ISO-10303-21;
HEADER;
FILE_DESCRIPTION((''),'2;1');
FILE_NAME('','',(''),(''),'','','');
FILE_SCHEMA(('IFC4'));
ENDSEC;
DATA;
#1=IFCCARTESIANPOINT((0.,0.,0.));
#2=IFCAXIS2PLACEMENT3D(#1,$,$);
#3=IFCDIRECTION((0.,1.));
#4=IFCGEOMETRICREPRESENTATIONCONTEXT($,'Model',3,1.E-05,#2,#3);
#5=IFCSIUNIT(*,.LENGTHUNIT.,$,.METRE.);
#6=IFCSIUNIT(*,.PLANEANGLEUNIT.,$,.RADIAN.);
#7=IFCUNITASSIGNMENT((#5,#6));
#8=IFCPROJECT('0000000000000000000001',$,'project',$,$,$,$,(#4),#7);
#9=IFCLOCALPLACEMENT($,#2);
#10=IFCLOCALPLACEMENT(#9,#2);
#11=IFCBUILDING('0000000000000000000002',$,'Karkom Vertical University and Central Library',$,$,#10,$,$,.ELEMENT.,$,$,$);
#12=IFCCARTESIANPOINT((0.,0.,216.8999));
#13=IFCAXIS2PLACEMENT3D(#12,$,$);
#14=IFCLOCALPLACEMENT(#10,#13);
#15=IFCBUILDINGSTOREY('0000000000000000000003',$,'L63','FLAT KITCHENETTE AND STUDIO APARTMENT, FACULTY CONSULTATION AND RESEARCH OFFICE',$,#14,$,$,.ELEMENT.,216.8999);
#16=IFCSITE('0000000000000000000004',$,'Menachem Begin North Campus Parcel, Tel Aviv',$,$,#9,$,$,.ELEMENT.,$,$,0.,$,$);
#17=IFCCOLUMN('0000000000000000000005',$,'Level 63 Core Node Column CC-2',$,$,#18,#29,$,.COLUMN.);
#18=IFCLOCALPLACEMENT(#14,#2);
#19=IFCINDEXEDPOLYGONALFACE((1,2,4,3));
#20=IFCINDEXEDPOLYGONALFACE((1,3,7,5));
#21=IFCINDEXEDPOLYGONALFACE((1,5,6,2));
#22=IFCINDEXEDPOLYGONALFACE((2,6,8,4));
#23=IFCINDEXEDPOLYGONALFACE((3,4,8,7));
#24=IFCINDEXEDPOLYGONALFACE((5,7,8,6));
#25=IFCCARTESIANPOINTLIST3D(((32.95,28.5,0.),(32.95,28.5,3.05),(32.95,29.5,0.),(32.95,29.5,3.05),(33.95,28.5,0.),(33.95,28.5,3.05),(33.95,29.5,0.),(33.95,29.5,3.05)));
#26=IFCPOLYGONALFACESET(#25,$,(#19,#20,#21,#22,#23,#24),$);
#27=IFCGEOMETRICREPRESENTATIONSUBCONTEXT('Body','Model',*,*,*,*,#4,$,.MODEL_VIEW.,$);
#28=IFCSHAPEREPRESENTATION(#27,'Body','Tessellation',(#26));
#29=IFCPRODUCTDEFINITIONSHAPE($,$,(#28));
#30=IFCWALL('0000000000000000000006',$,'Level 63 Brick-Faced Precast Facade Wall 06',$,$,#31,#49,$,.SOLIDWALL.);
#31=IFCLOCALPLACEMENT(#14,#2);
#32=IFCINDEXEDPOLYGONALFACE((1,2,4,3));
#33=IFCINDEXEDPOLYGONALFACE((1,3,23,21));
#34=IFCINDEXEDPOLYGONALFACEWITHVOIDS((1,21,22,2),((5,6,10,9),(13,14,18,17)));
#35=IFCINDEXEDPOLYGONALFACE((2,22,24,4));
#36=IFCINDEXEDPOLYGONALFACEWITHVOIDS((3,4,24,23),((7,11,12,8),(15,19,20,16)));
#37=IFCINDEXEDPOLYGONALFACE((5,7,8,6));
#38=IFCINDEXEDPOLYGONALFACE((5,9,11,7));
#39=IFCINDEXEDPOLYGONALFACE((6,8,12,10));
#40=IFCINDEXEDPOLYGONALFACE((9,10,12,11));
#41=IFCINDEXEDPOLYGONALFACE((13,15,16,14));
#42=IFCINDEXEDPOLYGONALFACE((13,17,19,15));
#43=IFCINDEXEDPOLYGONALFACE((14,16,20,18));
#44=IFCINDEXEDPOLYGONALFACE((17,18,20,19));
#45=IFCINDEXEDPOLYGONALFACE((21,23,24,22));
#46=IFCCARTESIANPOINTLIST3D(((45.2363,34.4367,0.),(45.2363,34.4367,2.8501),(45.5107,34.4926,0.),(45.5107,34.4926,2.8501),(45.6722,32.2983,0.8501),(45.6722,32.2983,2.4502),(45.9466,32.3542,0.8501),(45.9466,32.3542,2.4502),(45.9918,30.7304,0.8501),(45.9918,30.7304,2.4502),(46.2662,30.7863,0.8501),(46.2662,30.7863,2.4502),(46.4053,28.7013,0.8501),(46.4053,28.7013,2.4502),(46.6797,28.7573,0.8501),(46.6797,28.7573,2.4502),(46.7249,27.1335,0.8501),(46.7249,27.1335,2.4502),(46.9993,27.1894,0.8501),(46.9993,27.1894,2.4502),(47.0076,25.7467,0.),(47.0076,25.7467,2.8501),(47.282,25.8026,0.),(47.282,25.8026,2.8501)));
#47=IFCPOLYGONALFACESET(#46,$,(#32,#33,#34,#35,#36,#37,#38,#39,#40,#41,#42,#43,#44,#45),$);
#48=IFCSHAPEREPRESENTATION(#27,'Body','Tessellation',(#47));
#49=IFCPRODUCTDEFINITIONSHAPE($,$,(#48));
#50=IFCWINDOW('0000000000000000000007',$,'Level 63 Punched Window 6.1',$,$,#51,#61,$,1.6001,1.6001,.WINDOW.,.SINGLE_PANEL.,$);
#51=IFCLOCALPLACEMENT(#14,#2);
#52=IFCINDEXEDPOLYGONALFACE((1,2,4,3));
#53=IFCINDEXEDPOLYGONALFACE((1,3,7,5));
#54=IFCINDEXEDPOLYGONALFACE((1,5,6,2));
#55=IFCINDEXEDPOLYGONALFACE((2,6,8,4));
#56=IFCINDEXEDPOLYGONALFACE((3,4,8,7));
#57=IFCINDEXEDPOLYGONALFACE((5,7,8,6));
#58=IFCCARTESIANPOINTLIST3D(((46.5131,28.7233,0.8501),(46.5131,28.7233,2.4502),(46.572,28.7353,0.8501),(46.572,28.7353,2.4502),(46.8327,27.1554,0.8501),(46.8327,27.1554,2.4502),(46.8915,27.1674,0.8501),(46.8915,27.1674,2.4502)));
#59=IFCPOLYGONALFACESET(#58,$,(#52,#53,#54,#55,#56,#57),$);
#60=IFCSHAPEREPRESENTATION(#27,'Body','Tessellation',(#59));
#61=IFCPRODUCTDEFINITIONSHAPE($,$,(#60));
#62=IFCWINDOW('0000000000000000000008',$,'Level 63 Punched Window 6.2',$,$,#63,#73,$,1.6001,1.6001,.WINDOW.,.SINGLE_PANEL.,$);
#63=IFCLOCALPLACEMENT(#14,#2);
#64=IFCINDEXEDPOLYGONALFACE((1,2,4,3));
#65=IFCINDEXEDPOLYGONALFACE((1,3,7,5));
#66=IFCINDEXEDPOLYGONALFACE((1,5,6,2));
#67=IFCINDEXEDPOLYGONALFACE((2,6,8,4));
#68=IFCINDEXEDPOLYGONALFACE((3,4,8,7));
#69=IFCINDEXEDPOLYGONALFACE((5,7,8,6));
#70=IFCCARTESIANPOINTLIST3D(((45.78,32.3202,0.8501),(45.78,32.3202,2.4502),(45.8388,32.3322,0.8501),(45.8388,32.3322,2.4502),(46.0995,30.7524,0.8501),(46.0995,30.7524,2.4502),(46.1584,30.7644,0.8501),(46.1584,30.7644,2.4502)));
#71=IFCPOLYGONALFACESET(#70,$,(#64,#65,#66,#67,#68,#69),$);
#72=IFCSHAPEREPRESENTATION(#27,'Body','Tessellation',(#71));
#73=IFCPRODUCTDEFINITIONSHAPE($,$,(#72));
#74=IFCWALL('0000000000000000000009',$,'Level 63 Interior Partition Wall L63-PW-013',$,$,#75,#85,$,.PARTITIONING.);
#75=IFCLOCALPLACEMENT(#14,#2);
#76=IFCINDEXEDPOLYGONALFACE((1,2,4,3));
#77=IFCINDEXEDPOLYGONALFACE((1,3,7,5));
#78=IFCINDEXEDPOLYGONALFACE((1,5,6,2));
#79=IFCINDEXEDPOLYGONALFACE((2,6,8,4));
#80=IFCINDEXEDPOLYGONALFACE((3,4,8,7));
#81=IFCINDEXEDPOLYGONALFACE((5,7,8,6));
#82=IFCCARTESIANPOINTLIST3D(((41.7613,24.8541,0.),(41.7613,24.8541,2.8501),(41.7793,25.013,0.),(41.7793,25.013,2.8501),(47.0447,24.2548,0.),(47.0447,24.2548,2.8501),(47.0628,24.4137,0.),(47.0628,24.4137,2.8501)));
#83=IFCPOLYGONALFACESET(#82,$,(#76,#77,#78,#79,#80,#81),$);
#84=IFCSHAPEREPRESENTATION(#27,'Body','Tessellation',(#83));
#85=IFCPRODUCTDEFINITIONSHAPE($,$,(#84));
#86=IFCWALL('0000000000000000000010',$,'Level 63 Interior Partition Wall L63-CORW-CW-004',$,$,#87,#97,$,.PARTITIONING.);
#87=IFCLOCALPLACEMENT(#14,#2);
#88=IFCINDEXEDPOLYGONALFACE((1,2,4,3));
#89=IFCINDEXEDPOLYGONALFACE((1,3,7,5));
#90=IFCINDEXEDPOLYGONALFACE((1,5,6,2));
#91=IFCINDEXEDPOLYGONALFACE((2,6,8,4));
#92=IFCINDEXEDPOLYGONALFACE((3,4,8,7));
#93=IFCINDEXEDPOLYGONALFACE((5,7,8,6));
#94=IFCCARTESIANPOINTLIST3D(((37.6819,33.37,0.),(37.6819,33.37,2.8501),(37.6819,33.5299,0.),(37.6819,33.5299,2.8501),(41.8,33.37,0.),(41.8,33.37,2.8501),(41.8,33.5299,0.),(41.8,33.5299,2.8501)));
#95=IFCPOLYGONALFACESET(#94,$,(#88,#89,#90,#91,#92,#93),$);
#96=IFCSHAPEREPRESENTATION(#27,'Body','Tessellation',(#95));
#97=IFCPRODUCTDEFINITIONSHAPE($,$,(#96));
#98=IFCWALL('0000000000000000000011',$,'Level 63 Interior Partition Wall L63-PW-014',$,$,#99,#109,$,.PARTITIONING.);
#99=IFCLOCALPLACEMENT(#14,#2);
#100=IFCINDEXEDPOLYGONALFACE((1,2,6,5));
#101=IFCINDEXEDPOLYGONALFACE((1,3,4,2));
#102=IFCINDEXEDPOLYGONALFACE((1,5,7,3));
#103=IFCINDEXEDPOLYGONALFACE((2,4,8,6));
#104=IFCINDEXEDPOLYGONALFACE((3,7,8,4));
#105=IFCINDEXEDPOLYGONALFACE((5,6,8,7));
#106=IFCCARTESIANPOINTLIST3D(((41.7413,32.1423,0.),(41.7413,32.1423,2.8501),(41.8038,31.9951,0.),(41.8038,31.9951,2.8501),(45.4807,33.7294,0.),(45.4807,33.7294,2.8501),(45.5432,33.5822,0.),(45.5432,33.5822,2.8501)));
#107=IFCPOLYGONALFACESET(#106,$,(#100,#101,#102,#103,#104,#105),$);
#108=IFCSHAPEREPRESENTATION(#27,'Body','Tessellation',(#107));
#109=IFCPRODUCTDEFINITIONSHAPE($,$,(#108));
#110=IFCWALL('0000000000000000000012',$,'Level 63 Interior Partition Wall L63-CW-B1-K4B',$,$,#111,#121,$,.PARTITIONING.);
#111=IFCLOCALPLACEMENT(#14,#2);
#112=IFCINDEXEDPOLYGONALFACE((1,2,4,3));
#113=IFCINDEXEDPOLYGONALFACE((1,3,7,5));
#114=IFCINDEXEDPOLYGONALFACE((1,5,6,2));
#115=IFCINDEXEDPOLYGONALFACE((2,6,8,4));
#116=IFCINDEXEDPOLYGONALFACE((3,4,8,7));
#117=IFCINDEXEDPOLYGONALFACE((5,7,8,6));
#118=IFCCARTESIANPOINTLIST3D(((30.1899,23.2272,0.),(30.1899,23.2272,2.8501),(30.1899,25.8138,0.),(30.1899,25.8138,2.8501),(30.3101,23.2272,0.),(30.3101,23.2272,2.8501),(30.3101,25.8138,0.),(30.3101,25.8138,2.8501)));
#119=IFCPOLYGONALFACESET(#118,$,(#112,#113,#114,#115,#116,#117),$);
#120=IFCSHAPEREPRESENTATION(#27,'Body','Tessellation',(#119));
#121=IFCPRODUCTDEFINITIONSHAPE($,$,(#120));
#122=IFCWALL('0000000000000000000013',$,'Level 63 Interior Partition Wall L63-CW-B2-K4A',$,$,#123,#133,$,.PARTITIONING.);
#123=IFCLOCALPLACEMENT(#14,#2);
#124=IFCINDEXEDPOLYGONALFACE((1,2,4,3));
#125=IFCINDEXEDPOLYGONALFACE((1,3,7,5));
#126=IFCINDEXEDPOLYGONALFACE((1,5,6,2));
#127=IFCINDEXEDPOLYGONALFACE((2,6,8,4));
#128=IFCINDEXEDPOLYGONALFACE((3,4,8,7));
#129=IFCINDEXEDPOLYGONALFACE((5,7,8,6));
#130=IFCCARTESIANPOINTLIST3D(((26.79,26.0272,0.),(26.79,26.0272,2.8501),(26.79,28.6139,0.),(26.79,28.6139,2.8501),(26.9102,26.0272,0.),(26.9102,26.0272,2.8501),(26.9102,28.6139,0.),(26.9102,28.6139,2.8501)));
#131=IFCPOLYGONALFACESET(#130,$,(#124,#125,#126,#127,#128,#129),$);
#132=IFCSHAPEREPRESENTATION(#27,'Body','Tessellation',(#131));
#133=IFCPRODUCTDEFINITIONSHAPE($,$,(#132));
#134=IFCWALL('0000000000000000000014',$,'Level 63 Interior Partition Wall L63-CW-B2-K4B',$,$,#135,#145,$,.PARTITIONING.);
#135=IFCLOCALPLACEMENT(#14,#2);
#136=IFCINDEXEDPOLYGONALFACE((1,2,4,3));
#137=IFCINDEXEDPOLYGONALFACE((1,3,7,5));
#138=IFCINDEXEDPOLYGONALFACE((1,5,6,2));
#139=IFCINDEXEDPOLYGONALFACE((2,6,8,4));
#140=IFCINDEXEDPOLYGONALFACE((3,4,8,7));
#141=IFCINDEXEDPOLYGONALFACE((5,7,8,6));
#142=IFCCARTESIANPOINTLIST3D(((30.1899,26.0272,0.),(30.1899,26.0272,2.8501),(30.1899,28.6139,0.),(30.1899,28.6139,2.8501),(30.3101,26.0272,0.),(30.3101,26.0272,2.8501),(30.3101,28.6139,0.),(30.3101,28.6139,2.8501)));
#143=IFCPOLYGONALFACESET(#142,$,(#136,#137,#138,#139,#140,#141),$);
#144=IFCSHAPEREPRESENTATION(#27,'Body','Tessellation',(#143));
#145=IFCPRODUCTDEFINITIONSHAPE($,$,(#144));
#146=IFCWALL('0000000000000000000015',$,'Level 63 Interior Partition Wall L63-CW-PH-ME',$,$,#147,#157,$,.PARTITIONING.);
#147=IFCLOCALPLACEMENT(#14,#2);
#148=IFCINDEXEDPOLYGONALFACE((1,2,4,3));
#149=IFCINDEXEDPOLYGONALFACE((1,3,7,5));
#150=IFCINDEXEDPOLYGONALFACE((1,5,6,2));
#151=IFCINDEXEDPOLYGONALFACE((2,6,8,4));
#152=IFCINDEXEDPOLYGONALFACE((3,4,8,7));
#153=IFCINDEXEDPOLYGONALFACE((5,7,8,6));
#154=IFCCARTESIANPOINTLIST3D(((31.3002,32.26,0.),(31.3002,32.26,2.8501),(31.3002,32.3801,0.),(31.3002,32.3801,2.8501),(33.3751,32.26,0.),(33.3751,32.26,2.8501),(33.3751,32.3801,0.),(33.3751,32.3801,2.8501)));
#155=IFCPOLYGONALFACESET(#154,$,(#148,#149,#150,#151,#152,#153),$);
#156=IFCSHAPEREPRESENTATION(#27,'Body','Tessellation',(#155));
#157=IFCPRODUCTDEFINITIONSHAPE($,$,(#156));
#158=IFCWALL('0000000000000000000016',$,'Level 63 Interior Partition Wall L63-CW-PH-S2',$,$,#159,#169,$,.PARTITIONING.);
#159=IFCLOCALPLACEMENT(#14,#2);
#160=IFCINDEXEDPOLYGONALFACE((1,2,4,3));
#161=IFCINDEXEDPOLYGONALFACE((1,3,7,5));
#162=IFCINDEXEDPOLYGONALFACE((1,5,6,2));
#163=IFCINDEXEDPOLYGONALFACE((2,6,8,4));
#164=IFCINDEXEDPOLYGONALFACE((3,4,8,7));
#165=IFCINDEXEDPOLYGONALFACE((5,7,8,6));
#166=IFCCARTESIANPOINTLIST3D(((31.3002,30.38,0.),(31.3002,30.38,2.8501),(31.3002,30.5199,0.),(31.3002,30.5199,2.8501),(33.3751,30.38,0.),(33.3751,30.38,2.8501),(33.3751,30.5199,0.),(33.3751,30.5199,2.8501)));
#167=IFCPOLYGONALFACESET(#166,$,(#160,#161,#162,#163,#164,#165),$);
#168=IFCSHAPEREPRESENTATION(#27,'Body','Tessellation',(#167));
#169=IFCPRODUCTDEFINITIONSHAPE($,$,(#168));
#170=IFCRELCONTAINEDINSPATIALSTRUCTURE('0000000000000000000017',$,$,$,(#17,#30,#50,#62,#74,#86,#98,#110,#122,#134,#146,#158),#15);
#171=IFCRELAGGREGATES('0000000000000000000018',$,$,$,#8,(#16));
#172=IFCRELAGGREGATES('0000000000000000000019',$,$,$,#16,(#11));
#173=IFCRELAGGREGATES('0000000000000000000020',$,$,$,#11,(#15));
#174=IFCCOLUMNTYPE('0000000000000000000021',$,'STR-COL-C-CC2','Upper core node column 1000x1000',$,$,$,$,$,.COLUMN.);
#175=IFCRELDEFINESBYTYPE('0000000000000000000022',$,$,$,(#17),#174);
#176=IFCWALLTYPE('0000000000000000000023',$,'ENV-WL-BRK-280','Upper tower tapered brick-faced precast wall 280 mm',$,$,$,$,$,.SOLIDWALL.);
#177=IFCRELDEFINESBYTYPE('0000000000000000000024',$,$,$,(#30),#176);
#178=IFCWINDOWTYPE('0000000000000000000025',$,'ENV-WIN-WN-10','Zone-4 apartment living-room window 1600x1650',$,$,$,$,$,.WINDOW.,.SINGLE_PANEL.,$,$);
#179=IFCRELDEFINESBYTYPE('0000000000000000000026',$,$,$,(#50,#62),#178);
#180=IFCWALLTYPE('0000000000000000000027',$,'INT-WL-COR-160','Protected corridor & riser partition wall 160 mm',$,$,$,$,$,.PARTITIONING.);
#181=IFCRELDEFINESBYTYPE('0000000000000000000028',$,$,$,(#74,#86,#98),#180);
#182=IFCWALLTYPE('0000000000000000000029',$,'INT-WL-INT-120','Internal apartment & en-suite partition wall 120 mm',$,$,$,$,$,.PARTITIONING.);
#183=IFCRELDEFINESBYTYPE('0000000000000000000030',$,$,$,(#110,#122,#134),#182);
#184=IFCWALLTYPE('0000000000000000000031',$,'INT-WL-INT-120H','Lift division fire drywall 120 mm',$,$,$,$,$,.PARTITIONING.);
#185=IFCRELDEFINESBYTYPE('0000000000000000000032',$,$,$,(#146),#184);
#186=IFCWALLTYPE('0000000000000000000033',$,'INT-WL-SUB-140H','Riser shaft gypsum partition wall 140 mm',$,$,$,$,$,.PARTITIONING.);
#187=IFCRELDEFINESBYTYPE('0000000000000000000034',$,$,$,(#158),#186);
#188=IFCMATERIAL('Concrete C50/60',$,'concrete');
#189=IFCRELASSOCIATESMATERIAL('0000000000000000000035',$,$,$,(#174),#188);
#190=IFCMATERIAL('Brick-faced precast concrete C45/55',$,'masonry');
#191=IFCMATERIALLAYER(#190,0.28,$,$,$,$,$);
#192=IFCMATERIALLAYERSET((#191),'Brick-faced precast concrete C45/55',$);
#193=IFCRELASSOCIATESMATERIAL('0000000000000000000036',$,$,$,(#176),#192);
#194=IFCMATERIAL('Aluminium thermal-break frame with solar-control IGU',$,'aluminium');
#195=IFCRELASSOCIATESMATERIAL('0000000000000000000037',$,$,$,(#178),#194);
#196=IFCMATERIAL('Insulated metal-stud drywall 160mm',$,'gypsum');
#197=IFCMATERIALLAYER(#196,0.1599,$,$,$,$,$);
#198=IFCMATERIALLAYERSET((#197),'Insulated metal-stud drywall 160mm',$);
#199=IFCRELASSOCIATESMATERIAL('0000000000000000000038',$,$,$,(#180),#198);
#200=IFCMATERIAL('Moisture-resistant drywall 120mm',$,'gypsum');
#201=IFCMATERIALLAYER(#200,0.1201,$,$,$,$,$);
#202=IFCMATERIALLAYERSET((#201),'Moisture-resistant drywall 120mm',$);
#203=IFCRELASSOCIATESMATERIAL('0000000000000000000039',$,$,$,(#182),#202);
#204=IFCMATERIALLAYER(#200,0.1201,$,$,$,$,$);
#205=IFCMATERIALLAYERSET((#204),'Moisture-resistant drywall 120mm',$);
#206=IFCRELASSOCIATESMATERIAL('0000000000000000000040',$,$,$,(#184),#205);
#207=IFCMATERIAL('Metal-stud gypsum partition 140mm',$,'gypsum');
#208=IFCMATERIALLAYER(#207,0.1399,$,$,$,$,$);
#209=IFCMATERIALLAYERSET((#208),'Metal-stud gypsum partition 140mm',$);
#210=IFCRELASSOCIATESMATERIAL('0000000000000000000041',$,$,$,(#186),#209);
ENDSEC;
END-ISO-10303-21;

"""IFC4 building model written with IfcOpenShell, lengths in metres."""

from ifc_helpers import new_model, si_unit, direction, frame, frame_2d, origin, origin_with_axes, origin_2d, place, context, subcontext, project, spatial, rectangle, extrude, source, transform, mapped, material, layer, layer_set, material_profile, profile_set, type_object, element, fill, save


model = new_model("IFC4")

# Units and contexts
model_context = context("Model", 3, precision=1e-05, world=origin(), true_north=direction((0.0, 1.0)))
body_context = subcontext(model_context, "Body", "Model", "MODEL_VIEW")
ifc_project = project(units=[si_unit("LENGTHUNIT", "METRE"), si_unit("PLANEANGLEUNIT", "RADIAN")], contexts=[model_context])

# Site, building, storey
site_placement = place(None, origin())
site = spatial("IfcSite", under=ifc_project, at=site_placement, Name="Menachem Begin North Campus Parcel, Tel Aviv", CompositionType="ELEMENT", RefElevation=0.0)
building_placement = place(site_placement, origin())
building = spatial("IfcBuilding", under=site, at=building_placement, Name="Karkom Vertical University and Central Library", CompositionType="ELEMENT")
storey_placement = place(building_placement, frame((0.0, 0.0, 216.8999)))
storey = spatial("IfcBuildingStorey", under=building, at=storey_placement, Name="L63", Description="FLAT KITCHENETTE AND STUDIO APARTMENT, FACULTY CONSULTATION AND RESEARCH OFFICE", CompositionType="ELEMENT", Elevation=216.8999)

# Column
ifc_material_1 = material(Name="Concrete C50/60", Category="concrete")
ifc_material_profile = material_profile(ifc_material_1, rectangle(XDim=1.0, YDim=1.0, at=origin_2d()), Name="RC-1000x1000")
ifc_profile_set = profile_set([ifc_material_profile], Name="Concrete C50/60")
column_type = type_object("IfcColumnType", Name="STR-COL-C-CC2", Description="Upper core node column 1000x1000", PredefinedType="COLUMN", material=ifc_profile_set)
shared_shape_1 = source(origin_with_axes(), body_context, "Body", "SweptSolid", [
    extrude(rectangle(XDim=1.0, YDim=1.0, at=origin_2d()), origin(), (0.0, 0.0, 1.0), 3.05),
])
column_placement = place(storey_placement, frame((33.45, 29.0, 0.0), z_axis=(0.0, 0.0, 1.0), x_axis=(1.0, 0.0, 0.0)))
element("IfcColumn", 1, at=column_placement, inside=storey, type_object=column_type, Name="Level 63 Core Node Column CC-2", PredefinedType="COLUMN", context=body_context, shape_type="MappedRepresentation", body=[
    mapped(shared_shape_1, transform((0.0, 0.0, 0.0), scale=1.0)),
])

# Wall, openings, windows
ifc_material_2 = material(Name="Brick-faced precast concrete C45/55", Category="masonry")
ifc_layer_1 = layer(ifc_material_2, 0.28)
ifc_layer_set_1 = layer_set([ifc_layer_1], Name="Brick-faced precast concrete C45/55")
wall_type_1 = type_object("IfcWallType", Name="ENV-WL-BRK-280", Description="Upper tower tapered brick-faced precast wall 280 mm", PredefinedType="SOLIDWALL", material=ifc_layer_set_1)
wall_1_placement = place(storey_placement, frame((47.1448, 25.7747, 0.0), z_axis=(0.0, 0.0, 1.0), x_axis=(-0.19972, 0.979853, 0.0)))
wall_1 = element("IfcWall", 2, at=wall_1_placement, inside=storey, type_object=wall_type_1, Name="Level 63 Brick-Faced Precast Facade Wall 06", PredefinedType="SOLIDWALL", context=body_context, shape_type="SweptSolid", body=[
    extrude(rectangle(XDim=8.8687, YDim=0.28, at=frame_2d((4.4343, 0.0))), origin(), (0.0, 0.0, 1.0), 2.8501),
])
opening_1_placement = place(wall_1_placement, frame((1.4153, 0.0, 0.8501)))
opening_1 = element("IfcOpeningElement", 3, at=opening_1_placement, cuts=wall_1, PredefinedType="OPENING", context=body_context, shape_type="SweptSolid", body=[
    extrude(rectangle(XDim=1.6001, YDim=1.6001, at=frame_2d((0.8, 0.8))), frame((0.0, 0.1499, 0.0), z_axis=(0.0, -1.0, 0.0), x_axis=(1.0, 0.0, 0.0)), (0.0, 0.0, 1.0), 0.3),
])
opening_2_placement = place(wall_1_placement, frame((5.0862, 0.0, 0.8501)))
opening_2 = element("IfcOpeningElement", 4, at=opening_2_placement, cuts=wall_1, PredefinedType="OPENING", context=body_context, shape_type="SweptSolid", body=[
    extrude(rectangle(XDim=1.6001, YDim=1.6001, at=frame_2d((0.8, 0.8))), frame((0.0, 0.1499, 0.0), z_axis=(0.0, -1.0, 0.0), x_axis=(1.0, 0.0, 0.0)), (0.0, 0.0, 1.0), 0.3),
])
ifc_material_3 = material(Name="Aluminium thermal-break frame with solar-control IGU", Category="aluminium")
window_type = type_object("IfcWindowType", Name="ENV-WIN-WN-10", Description="Zone-4 apartment living-room window 1600x1650", PartitioningType="SINGLE_PANEL", PredefinedType="WINDOW", material=ifc_material_3)
shared_shape_2 = source(origin_with_axes(), body_context, "Body", "SweptSolid", [
    extrude(rectangle(XDim=1.6001, YDim=1.6001, at=frame_2d((0.8, 0.8))), frame((0.0, 0.03, 0.0), z_axis=(0.0, -1.0, 0.0), x_axis=(1.0, 0.0, 0.0)), (0.0, 0.0, 1.0), 0.0601),
])
window_1_placement = place(opening_1_placement, origin())
window_1 = element("IfcWindow", 5, at=window_1_placement, inside=storey, type_object=window_type, Name="Level 63 Punched Window 6.1", OverallHeight=1.6001, OverallWidth=1.6001, PartitioningType="SINGLE_PANEL", PredefinedType="WINDOW", context=body_context, shape_type="MappedRepresentation", body=[
    mapped(shared_shape_2, transform((0.0, 0.0, 0.0), scale=1.0)),
])
fill(opening_1, window_1)
window_2_placement = place(opening_2_placement, origin())
window_2 = element("IfcWindow", 6, at=window_2_placement, inside=storey, type_object=window_type, Name="Level 63 Punched Window 6.2", OverallHeight=1.6001, OverallWidth=1.6001, PartitioningType="SINGLE_PANEL", PredefinedType="WINDOW", context=body_context, shape_type="MappedRepresentation", body=[
    mapped(shared_shape_2, transform((0.0, 0.0, 0.0), scale=1.0)),
])
fill(opening_2, window_2)

# Walls
ifc_material_4 = material(Name="Insulated metal-stud drywall 160mm", Category="gypsum")
ifc_layer_2 = layer(ifc_material_4, 0.1599)
ifc_layer_set_2 = layer_set([ifc_layer_2], Name="Insulated metal-stud drywall 160mm")
wall_type_2 = type_object("IfcWallType", Name="INT-WL-COR-160", Description="Protected corridor & riser partition wall 160 mm", PredefinedType="PARTITIONING", material=ifc_layer_set_2)
wall_2_placement = place(storey_placement, frame((41.7703, 24.9336, 0.0), z_axis=(0.0, 0.0, 1.0), x_axis=(0.993627, -0.112719, 0.0)))
element("IfcWall", 7, at=wall_2_placement, inside=storey, type_object=wall_type_2, Name="Level 63 Interior Partition Wall L63-PW-013", PredefinedType="PARTITIONING", context=body_context, shape_type="SweptSolid", body=[
    extrude(rectangle(XDim=5.3174, YDim=0.1599, at=frame_2d((2.6587, 0.0))), origin(), (0.0, 0.0, 1.0), 2.8501),
])
wall_3_placement = place(storey_placement, frame((37.6819, 33.45, 0.0), z_axis=(0.0, 0.0, 1.0), x_axis=(1.0, 0.0, 0.0)))
element("IfcWall", 8, at=wall_3_placement, inside=storey, type_object=wall_type_2, Name="Level 63 Interior Partition Wall L63-CORW-CW-004", PredefinedType="PARTITIONING", context=body_context, shape_type="SweptSolid", body=[
    extrude(rectangle(XDim=4.1182, YDim=0.1599, at=frame_2d((2.0591, 0.0))), origin(), (0.0, 0.0, 1.0), 2.8501),
])
wall_4_placement = place(storey_placement, frame((41.7725, 32.0686, 0.0), z_axis=(0.0, 0.0, 1.0), x_axis=(0.92051, 0.390718, 0.0)))
element("IfcWall", 9, at=wall_4_placement, inside=storey, type_object=wall_type_2, Name="Level 63 Interior Partition Wall L63-PW-014", PredefinedType="PARTITIONING", context=body_context, shape_type="SweptSolid", body=[
    extrude(rectangle(XDim=4.0623, YDim=0.1599, at=frame_2d((2.0312, 0.0))), origin(), (0.0, 0.0, 1.0), 2.8501),
])
ifc_material_5 = material(Name="Moisture-resistant drywall 120mm", Category="gypsum")
ifc_layer_3 = layer(ifc_material_5, 0.1201)
ifc_layer_set_3 = layer_set([ifc_layer_3], Name="Moisture-resistant drywall 120mm")
wall_type_3 = type_object("IfcWallType", Name="INT-WL-INT-120", Description="Internal apartment & en-suite partition wall 120 mm", PredefinedType="PARTITIONING", material=ifc_layer_set_3)
for number, where, z_axis, x_axis, name in (
    (10, (30.25, 23.2271, 0.0), (0.0, 0.0, 1.0), (0.0, 1.0, 0.0), "Level 63 Interior Partition Wall L63-CW-B1-K4B"),
    (11, (26.8501, 26.0271, 0.0), (0.0, 0.0, 1.0), (0.0, 1.0, 0.0), "Level 63 Interior Partition Wall L63-CW-B2-K4A"),
    (12, (30.25, 26.0271, 0.0), (0.0, 0.0, 1.0), (0.0, 1.0, 0.0), "Level 63 Interior Partition Wall L63-CW-B2-K4B"),
):
    element("IfcWall", number, at=place(storey_placement, frame(where, z_axis=z_axis, x_axis=x_axis)), inside=storey, type_object=wall_type_3, Name=name, PredefinedType="PARTITIONING", context=body_context, shape_type="SweptSolid", body=[
        extrude(rectangle(XDim=2.5867, YDim=0.1201, at=frame_2d((1.2935, 0.0))), origin(), (0.0, 0.0, 1.0), 2.8501),
    ])
ifc_layer_4 = layer(ifc_material_5, 0.1201)
ifc_layer_set_4 = layer_set([ifc_layer_4], Name="Moisture-resistant drywall 120mm")
wall_type_4 = type_object("IfcWallType", Name="INT-WL-INT-120H", Description="Lift division fire drywall 120 mm", PredefinedType="PARTITIONING", material=ifc_layer_set_4)
wall_5_placement = place(storey_placement, frame((31.3, 32.3201, 0.0), z_axis=(0.0, 0.0, 1.0), x_axis=(1.0, 0.0, 0.0)))
element("IfcWall", 13, at=wall_5_placement, inside=storey, type_object=wall_type_4, Name="Level 63 Interior Partition Wall L63-CW-PH-ME", PredefinedType="PARTITIONING", context=body_context, shape_type="SweptSolid", body=[
    extrude(rectangle(XDim=2.075, YDim=0.1201, at=frame_2d((1.0376, 0.0))), origin(), (0.0, 0.0, 1.0), 2.8501),
])

# Shared definitions
ifc_material_6 = material(Name="Metal-stud gypsum partition 140mm", Category="gypsum")
ifc_layer_5 = layer(ifc_material_6, 0.1399)
ifc_layer_set_5 = layer_set([ifc_layer_5], Name="Metal-stud gypsum partition 140mm")
wall_type_5 = type_object("IfcWallType", Name="INT-WL-SUB-140H", Description="Riser shaft gypsum partition wall 140 mm", PredefinedType="PARTITIONING", material=ifc_layer_set_5)

# Wall
wall_6_placement = place(storey_placement, frame((31.3, 30.45, 0.0), z_axis=(0.0, 0.0, 1.0), x_axis=(1.0, 0.0, 0.0)))
element("IfcWall", 14, at=wall_6_placement, inside=storey, type_object=wall_type_5, Name="Level 63 Interior Partition Wall L63-CW-PH-S2", PredefinedType="PARTITIONING", context=body_context, shape_type="SweptSolid", body=[
    extrude(rectangle(XDim=2.075, YDim=0.1399, at=frame_2d((1.0376, 0.0))), origin(), (0.0, 0.0, 1.0), 2.8501),
])

save(model, "model.ifc")
